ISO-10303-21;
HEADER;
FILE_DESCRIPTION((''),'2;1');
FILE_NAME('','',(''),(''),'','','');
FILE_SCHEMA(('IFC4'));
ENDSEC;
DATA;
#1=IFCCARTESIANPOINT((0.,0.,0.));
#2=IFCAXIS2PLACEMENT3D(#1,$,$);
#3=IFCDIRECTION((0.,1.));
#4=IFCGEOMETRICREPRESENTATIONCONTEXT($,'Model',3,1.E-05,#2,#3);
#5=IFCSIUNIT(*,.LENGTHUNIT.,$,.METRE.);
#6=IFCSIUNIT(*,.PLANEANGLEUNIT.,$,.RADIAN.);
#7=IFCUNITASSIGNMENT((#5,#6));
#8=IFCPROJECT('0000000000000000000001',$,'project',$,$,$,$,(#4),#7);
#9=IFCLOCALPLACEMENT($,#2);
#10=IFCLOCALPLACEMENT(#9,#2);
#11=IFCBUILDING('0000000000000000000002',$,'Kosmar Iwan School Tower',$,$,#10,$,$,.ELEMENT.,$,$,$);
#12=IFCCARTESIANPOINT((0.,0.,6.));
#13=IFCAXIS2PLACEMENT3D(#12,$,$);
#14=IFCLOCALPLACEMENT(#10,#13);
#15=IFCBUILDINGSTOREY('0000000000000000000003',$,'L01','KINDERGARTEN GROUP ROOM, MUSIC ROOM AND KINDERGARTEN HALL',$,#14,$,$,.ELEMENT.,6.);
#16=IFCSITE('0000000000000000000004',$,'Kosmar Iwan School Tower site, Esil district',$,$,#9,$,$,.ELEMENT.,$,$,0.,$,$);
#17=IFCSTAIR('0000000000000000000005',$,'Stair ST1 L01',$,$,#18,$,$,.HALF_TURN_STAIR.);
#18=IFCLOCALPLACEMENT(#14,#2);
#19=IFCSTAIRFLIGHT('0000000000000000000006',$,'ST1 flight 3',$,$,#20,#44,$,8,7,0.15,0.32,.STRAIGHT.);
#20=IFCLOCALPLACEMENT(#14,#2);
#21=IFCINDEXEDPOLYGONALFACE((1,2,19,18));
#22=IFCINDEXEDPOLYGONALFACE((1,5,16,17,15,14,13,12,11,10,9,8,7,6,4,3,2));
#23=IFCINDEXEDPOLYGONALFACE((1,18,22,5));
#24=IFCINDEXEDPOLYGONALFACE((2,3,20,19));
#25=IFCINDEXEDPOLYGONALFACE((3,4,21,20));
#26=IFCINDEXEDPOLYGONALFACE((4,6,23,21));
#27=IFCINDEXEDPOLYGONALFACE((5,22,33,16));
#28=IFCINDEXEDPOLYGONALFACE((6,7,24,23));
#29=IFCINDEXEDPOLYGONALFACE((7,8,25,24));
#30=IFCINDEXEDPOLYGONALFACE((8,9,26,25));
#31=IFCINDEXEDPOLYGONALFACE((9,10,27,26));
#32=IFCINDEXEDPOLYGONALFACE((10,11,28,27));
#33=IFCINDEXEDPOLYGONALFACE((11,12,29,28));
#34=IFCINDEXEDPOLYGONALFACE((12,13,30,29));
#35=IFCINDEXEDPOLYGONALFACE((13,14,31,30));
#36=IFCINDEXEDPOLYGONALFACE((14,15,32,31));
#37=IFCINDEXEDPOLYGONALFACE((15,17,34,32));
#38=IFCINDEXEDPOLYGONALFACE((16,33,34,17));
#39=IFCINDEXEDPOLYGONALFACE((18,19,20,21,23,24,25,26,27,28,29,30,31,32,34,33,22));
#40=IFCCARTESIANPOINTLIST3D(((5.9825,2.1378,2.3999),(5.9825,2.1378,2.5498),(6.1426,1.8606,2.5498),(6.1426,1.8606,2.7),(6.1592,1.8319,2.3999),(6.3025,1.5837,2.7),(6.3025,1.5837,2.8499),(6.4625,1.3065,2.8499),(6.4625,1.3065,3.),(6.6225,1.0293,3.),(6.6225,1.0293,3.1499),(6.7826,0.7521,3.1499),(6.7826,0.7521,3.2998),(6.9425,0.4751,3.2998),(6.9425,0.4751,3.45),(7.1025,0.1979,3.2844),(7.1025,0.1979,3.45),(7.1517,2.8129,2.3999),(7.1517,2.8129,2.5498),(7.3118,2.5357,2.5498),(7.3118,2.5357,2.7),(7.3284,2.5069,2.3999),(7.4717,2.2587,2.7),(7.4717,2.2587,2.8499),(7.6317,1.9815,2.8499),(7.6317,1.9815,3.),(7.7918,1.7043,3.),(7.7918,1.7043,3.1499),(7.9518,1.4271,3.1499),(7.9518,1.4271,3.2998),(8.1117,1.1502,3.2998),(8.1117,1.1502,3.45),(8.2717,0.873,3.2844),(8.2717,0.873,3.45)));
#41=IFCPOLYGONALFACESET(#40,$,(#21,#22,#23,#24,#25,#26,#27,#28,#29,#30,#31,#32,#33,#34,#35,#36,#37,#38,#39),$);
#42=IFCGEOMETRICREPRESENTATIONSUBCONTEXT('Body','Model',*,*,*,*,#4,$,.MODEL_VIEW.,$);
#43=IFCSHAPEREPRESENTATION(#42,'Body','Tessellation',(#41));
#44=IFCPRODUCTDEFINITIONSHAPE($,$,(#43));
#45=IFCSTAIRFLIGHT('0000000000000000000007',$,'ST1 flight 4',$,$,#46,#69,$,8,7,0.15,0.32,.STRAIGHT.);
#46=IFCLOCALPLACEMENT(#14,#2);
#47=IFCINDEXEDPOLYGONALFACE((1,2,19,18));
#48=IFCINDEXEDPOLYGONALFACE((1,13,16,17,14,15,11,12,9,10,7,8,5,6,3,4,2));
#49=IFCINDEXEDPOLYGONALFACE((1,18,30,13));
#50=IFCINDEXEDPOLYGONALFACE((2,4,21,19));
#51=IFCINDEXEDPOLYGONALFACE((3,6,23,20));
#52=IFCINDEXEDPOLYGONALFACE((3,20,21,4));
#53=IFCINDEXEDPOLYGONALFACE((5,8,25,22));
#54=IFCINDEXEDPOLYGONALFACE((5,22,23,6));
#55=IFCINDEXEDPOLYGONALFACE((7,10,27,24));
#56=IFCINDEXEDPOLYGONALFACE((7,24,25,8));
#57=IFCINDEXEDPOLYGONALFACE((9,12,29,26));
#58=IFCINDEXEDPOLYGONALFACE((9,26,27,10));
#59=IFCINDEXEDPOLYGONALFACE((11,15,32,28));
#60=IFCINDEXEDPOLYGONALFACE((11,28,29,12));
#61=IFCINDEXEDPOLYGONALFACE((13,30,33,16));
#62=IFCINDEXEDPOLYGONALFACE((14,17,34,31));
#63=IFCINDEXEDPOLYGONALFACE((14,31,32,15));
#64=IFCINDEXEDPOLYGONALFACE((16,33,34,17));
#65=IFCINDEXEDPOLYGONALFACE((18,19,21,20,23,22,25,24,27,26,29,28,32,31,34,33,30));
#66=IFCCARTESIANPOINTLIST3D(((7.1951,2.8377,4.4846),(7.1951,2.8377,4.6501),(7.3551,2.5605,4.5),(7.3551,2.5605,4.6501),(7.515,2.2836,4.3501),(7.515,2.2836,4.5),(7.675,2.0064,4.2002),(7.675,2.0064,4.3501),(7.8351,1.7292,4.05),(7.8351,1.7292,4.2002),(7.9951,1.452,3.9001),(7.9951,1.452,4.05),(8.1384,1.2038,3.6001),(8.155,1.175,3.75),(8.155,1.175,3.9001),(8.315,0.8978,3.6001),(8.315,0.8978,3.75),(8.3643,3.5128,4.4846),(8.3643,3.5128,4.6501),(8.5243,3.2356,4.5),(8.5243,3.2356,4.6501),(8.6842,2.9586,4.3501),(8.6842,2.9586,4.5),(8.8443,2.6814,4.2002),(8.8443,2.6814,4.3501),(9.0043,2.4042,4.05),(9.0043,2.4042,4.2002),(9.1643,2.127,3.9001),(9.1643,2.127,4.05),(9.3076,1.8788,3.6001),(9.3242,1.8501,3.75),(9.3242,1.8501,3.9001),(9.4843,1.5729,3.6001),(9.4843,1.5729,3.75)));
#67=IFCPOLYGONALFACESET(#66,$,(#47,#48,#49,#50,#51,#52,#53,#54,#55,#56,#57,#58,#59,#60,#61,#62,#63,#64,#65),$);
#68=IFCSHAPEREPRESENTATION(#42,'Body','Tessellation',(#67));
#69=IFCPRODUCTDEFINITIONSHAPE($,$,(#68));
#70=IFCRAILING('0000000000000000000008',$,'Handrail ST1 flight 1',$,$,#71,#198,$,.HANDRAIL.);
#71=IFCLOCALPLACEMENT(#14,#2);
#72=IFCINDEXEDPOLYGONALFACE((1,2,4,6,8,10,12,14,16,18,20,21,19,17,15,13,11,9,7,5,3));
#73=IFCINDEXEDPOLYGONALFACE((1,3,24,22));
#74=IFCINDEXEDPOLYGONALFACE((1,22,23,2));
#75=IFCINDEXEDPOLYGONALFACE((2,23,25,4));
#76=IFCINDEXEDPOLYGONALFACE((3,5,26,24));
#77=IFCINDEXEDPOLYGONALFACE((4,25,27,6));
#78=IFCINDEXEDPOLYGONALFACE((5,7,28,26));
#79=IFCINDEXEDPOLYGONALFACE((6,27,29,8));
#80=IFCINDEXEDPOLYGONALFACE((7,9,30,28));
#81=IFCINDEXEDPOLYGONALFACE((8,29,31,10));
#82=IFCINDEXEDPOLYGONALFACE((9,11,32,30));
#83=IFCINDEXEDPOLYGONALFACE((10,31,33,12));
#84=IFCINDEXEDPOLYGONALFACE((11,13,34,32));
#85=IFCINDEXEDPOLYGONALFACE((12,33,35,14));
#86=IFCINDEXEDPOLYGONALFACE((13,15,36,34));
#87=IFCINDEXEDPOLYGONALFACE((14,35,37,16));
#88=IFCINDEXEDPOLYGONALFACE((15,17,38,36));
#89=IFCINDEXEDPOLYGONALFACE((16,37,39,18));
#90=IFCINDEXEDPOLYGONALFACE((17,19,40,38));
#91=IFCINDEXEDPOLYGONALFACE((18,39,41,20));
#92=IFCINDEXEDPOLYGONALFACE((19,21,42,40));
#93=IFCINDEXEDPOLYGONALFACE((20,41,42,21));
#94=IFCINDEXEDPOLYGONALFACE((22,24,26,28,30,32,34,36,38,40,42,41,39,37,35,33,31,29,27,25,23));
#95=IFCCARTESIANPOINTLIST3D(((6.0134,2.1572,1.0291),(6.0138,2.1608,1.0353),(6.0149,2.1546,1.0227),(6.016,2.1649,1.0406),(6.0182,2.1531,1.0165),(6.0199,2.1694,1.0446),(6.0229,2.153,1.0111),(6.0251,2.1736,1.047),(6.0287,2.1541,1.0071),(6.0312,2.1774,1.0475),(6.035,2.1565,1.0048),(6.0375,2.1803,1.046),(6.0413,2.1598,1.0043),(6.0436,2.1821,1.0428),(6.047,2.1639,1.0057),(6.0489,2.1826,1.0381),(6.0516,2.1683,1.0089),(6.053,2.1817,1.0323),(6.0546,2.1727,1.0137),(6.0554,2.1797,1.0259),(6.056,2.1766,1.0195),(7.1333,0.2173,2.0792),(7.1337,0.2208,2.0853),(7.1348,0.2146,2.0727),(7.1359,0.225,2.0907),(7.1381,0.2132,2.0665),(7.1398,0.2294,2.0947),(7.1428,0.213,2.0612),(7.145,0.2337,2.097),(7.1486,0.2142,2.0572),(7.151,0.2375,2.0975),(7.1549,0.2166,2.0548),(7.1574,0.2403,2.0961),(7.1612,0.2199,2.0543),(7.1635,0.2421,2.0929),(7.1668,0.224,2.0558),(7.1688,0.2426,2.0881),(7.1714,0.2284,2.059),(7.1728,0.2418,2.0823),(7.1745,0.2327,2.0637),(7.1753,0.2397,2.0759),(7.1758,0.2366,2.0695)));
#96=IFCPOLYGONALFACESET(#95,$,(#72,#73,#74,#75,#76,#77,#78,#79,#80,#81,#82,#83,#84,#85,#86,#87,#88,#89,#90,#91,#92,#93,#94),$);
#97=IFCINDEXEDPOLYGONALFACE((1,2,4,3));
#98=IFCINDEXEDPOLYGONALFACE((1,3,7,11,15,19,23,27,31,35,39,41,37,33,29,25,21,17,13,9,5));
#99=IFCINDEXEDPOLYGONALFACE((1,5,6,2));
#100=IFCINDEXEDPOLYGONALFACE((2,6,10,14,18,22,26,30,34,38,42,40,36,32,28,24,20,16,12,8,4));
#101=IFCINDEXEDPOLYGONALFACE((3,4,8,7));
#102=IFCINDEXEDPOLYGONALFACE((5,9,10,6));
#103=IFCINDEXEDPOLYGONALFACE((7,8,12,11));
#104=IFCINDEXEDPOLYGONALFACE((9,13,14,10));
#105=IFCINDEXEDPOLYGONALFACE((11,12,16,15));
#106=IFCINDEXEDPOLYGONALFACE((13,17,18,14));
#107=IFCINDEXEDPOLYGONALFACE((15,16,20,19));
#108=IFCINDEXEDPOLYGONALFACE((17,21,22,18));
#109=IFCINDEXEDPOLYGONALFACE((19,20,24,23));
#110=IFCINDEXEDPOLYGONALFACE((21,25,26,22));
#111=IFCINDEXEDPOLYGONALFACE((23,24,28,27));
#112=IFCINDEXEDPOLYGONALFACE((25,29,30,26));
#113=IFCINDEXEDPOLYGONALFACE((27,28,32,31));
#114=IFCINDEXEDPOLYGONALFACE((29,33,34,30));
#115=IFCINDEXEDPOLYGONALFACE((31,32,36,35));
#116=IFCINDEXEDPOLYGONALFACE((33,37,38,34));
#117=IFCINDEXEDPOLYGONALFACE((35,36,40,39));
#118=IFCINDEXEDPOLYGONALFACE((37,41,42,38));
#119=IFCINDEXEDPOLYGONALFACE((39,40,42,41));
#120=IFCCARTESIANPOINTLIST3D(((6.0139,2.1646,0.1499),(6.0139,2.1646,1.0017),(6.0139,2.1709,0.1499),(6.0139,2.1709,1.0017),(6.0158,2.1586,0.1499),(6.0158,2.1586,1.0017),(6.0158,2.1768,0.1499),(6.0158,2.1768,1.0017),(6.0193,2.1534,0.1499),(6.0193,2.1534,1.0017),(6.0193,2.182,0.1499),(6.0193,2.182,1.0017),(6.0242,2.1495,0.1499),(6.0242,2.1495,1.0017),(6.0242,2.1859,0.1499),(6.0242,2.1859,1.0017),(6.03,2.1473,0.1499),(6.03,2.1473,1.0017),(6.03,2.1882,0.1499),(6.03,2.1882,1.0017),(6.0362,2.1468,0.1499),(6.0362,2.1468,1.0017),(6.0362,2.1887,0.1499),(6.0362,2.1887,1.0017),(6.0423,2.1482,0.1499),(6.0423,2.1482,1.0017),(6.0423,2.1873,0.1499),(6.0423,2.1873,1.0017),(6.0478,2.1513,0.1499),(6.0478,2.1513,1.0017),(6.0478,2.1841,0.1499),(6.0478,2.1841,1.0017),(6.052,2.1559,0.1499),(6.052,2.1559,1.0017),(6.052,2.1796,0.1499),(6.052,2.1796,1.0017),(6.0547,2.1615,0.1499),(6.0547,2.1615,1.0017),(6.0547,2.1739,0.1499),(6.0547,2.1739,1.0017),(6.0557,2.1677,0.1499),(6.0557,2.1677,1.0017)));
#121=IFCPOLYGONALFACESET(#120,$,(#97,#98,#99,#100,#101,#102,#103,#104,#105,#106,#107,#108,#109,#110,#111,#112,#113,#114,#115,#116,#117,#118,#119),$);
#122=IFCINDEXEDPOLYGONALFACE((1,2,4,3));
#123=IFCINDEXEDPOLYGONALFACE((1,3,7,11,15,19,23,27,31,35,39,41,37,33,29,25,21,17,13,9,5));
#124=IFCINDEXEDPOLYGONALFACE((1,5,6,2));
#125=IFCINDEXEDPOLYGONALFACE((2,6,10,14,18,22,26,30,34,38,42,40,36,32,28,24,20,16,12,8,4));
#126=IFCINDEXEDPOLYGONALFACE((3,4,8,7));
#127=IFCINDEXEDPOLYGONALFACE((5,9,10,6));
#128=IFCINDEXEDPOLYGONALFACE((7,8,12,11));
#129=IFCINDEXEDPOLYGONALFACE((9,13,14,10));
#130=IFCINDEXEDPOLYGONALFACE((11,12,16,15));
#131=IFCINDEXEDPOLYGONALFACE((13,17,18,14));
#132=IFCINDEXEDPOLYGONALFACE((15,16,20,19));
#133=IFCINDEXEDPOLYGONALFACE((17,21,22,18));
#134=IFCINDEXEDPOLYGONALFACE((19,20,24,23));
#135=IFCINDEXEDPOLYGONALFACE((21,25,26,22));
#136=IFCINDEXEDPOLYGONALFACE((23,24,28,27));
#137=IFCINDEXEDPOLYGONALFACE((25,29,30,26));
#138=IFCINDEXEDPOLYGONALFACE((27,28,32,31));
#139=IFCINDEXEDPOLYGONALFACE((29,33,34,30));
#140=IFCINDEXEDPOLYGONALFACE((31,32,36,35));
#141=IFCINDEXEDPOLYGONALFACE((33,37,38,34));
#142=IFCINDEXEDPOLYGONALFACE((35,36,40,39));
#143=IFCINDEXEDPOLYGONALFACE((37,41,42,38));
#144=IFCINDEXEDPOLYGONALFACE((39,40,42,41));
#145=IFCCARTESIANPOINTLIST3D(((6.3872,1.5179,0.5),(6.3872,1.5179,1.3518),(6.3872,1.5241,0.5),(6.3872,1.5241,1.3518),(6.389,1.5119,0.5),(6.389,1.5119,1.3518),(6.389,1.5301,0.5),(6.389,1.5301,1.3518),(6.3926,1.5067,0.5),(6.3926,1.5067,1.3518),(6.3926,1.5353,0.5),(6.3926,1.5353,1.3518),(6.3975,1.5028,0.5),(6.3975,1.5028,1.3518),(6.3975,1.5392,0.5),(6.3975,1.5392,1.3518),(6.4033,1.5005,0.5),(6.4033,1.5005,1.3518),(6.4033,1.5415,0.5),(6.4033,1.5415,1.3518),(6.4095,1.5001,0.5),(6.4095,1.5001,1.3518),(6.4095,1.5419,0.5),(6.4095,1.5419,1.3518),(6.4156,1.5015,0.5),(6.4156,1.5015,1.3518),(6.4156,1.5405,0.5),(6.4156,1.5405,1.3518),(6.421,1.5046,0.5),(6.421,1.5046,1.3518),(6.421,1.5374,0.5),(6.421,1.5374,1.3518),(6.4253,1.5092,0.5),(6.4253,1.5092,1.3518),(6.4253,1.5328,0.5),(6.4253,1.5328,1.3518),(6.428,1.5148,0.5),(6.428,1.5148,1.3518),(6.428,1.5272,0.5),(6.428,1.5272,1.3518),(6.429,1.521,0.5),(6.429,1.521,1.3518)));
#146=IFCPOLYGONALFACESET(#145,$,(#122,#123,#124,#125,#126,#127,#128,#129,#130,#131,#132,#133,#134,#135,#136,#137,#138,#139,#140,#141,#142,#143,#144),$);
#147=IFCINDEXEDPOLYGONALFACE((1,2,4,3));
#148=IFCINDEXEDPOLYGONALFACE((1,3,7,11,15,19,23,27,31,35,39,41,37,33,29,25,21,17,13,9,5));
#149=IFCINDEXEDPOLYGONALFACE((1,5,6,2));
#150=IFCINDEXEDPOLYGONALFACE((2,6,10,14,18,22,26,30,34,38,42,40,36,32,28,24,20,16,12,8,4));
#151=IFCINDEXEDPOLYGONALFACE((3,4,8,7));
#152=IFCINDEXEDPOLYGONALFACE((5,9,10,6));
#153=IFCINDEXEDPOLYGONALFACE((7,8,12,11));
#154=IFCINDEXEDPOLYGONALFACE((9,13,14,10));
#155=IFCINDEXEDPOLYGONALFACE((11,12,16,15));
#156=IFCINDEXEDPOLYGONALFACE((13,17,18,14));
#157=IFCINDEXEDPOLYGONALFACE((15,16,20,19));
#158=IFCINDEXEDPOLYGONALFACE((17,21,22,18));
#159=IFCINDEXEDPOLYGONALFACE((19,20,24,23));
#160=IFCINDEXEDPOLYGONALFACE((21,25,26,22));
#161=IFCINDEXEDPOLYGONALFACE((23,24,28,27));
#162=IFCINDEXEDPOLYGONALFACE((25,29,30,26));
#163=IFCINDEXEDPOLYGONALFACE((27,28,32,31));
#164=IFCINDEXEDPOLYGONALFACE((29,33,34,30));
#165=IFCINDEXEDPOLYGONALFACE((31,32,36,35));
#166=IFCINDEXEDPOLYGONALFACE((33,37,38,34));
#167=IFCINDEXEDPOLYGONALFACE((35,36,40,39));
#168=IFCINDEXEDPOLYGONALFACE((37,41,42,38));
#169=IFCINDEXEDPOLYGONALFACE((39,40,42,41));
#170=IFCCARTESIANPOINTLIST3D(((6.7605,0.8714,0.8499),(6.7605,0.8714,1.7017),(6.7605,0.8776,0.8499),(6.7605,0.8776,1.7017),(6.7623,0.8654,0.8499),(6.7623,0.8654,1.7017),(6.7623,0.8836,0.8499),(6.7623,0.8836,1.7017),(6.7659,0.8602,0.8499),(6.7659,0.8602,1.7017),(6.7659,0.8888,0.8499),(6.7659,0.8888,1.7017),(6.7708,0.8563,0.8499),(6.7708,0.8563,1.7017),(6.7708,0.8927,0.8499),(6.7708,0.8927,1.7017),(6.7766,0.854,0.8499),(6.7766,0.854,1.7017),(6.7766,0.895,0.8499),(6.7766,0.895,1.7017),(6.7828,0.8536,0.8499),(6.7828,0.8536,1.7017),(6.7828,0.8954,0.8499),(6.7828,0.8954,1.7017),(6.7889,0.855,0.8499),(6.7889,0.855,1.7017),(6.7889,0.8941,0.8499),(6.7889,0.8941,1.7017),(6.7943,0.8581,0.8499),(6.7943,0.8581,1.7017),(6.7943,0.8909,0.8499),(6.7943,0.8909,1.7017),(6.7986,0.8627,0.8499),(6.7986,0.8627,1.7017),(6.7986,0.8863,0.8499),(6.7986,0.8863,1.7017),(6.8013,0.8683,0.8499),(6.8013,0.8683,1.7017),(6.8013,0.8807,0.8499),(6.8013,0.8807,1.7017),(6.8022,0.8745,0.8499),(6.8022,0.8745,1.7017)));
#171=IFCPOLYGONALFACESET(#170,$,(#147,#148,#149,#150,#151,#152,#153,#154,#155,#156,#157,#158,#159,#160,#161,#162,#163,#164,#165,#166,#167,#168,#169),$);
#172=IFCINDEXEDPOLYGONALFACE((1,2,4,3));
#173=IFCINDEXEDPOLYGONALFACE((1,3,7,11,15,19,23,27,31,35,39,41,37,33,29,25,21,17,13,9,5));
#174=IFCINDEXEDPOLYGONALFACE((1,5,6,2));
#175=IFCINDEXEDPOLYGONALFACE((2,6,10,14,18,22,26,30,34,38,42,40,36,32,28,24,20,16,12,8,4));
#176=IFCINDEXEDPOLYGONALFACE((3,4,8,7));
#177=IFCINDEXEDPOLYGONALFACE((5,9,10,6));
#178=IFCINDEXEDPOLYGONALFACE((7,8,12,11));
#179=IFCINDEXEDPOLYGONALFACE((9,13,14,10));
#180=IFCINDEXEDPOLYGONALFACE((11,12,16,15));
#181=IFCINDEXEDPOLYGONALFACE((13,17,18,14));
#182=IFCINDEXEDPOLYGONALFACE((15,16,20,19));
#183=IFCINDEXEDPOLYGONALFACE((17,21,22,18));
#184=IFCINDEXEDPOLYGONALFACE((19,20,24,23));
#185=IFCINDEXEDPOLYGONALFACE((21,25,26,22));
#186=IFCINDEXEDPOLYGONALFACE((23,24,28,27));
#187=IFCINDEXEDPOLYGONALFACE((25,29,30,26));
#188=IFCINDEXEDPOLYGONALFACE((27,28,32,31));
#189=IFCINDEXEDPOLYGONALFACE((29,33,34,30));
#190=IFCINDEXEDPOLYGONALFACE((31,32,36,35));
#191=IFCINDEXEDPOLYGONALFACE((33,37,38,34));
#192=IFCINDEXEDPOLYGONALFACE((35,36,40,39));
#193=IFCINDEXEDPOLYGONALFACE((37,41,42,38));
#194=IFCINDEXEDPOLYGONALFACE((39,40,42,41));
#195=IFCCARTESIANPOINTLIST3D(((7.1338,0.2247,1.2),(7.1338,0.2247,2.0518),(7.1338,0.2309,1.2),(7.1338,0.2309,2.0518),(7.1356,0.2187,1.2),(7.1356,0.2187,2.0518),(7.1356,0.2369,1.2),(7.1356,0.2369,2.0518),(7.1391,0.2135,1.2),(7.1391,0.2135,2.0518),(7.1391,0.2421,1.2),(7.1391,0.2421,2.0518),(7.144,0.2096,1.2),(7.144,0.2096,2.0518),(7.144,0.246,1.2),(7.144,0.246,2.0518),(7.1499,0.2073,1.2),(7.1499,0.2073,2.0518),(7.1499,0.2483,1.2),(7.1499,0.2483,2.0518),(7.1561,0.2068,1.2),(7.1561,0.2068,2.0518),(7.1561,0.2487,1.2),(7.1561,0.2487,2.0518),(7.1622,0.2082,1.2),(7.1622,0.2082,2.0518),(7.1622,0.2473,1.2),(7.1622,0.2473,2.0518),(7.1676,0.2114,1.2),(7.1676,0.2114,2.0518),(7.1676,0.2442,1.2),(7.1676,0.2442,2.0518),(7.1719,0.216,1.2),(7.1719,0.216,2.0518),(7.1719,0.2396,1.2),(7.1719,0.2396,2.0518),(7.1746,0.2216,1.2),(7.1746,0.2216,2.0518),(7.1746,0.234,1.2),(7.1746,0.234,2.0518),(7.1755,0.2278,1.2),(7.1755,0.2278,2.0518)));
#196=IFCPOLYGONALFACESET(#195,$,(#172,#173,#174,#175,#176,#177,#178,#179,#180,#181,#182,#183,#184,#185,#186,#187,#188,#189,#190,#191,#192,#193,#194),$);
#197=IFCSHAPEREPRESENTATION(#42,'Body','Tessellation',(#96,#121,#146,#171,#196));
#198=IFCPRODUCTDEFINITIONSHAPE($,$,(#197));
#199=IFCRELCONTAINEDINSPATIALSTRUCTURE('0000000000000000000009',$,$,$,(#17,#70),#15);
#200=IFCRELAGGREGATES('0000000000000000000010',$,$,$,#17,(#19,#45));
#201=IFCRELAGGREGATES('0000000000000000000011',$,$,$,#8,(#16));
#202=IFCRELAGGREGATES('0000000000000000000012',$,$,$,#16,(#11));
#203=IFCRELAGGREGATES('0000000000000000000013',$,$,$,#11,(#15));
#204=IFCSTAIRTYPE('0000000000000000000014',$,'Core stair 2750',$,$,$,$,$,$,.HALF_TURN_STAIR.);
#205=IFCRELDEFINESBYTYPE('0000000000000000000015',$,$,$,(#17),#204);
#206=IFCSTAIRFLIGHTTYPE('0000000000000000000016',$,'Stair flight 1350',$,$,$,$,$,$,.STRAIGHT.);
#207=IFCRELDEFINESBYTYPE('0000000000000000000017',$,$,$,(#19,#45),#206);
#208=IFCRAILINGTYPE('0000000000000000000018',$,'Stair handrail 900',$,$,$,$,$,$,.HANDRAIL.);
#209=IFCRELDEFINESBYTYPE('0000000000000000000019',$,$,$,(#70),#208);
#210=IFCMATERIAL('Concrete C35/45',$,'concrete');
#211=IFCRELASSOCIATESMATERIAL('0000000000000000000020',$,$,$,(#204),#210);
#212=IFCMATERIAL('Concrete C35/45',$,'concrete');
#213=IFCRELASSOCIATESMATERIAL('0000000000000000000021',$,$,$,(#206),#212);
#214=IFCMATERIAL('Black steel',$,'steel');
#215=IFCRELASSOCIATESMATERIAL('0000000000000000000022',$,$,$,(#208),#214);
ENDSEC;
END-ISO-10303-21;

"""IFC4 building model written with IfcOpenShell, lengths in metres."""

from ifc_helpers import new_model, si_unit, direction, frame, origin, origin_2d, place, context, subcontext, project, spatial, polyline, circle, outline, extrude, material, type_object, element, aggregate, save


model = new_model("IFC4")

# Units and contexts
model_context = context("Model", 3, precision=1e-05, world=origin(), true_north=direction((0.0, 1.0)))
body_context = subcontext(model_context, "Body", "Model", "MODEL_VIEW")
ifc_project = project(units=[si_unit("LENGTHUNIT", "METRE"), si_unit("PLANEANGLEUNIT", "RADIAN")], contexts=[model_context])

# Site, building, storey
site_placement = place(None, origin())
site = spatial("IfcSite", under=ifc_project, at=site_placement, Name="Kosmar Iwan School Tower site, Esil district", CompositionType="ELEMENT", RefElevation=0.0)
building_placement = place(site_placement, origin())
building = spatial("IfcBuilding", under=site, at=building_placement, Name="Kosmar Iwan School Tower", CompositionType="ELEMENT")
storey_placement = place(building_placement, frame((0.0, 0.0, 6.0)))
storey = spatial("IfcBuildingStorey", under=building, at=storey_placement, Name="L01", Description="KINDERGARTEN GROUP ROOM, MUSIC ROOM AND KINDERGARTEN HALL", CompositionType="ELEMENT", Elevation=6.0)

# Stair, stair flights
ifc_material_1 = material(Name="Concrete C35/45", Category="concrete")
stair_type = type_object("IfcStairType", Name="Core stair 2750", PredefinedType="HALF_TURN_STAIR", material=ifc_material_1)
stair_placement = place(storey_placement, origin())
stair = element("IfcStair", 1, at=stair_placement, inside=storey, type_object=stair_type, Name="Stair ST1 L01", PredefinedType="HALF_TURN_STAIR")
ifc_material_2 = material(Name="Concrete C35/45", Category="concrete")
stair_flight_type = type_object("IfcStairFlightType", Name="Stair flight 1350", PredefinedType="STRAIGHT", material=ifc_material_2)
stair_flight_1_placement = place(storey_placement, frame((6.5671, 2.4753, 2.3999), z_axis=(0.0, 0.0, 1.0), x_axis=(0.5, -0.866025, 0.0)))
stair_flight_1 = element("IfcStairFlight", 2, at=stair_flight_1_placement, type_object=stair_flight_type, Name="ST1 flight 3", NumberOfRisers=8, NumberOfTreads=7, PredefinedType="STRAIGHT", RiserHeight=0.15, TreadLength=0.32, context=body_context, shape_type="SweptSolid", body=[
    extrude(outline(polyline([(0.0, 0.0), (0.0, 0.1499), (0.3201, 0.1499), (0.3201, 0.3), (0.6399, 0.3), (0.6399, 0.45), (0.96, 0.45), (0.96, 0.6001), (1.28, 0.6001), (1.28, 0.75), (1.6001, 0.75), (1.6001, 0.8999), (1.9199, 0.8999), (1.9199, 1.05), (2.24, 1.05), (2.24, 1.2), (2.24, 0.8845), (0.3533, 0.0), (0.0, 0.0)])), frame((0.0, 0.675, 0.0), z_axis=(0.0, -1.0, 0.0), x_axis=(1.0, 0.0, 0.0)), (0.0, 0.0, 1.0), 1.3501),
])
stair_flight_2_placement = place(storey_placement, frame((8.8997, 1.2354, 3.6001), z_axis=(0.0, 0.0, 1.0), x_axis=(-0.5, 0.866025, 0.0)))
stair_flight_2 = element("IfcStairFlight", 3, at=stair_flight_2_placement, type_object=stair_flight_type, Name="ST1 flight 4", NumberOfRisers=8, NumberOfTreads=7, PredefinedType="STRAIGHT", RiserHeight=0.15, TreadLength=0.32, context=body_context, shape_type="SweptSolid", body=[
    extrude(outline(polyline([(0.0, 0.0), (0.0, 0.1499), (0.3201, 0.1499), (0.3201, 0.3), (0.6399, 0.3), (0.6399, 0.45), (0.96, 0.45), (0.96, 0.6001), (1.28, 0.6001), (1.28, 0.75), (1.6001, 0.75), (1.6001, 0.8999), (1.9199, 0.8999), (1.9199, 1.05), (2.24, 1.05), (2.24, 1.2), (2.24, 0.8845), (0.3533, 0.0), (0.0, 0.0)])), frame((0.0, 0.675, 0.0), z_axis=(0.0, -1.0, 0.0), x_axis=(1.0, 0.0, 0.0)), (0.0, 0.0, 1.0), 1.3501),
])
aggregate(stair, [stair_flight_1, stair_flight_2])

# Railing
ifc_material_3 = material(Name="Black steel", Category="steel")
railing_type = type_object("IfcRailingType", Name="Stair handrail 900", PredefinedType="HANDRAIL", material=ifc_material_3)
railing_1_placement = place(storey_placement, frame((6.0347, 2.1677, 0.1499)))
element("IfcRailing", 4, at=railing_1_placement, inside=storey, type_object=railing_type, Name="Handrail ST1 flight 1", PredefinedType="HANDRAIL", context=body_context, shape_type="SweptSolid", body=[
    extrude(circle(Radius=0.0239, at=origin_2d()), frame((0.0, 0.0, 0.876), z_axis=(0.452678, -0.784169, 0.424454), x_axis=(0.866055, 0.499949, 0.0)), (0.0, 0.0, 1.0), 2.4739),
    extrude(circle(Radius=0.021, at=origin_2d()), origin(), (0.0, 0.0, 1.0), 0.8518),
    extrude(circle(Radius=0.021, at=origin_2d()), frame((0.3733, -0.6467, 0.3501)), (0.0, 0.0, 1.0), 0.8518),
    extrude(circle(Radius=0.021, at=origin_2d()), frame((0.7466, -1.2932, 0.7)), (0.0, 0.0, 1.0), 0.8518),
    extrude(circle(Radius=0.021, at=origin_2d()), frame((1.1199, -1.9399, 1.05)), (0.0, 0.0, 1.0), 0.8518),
])

save(model, "model.ifc")
